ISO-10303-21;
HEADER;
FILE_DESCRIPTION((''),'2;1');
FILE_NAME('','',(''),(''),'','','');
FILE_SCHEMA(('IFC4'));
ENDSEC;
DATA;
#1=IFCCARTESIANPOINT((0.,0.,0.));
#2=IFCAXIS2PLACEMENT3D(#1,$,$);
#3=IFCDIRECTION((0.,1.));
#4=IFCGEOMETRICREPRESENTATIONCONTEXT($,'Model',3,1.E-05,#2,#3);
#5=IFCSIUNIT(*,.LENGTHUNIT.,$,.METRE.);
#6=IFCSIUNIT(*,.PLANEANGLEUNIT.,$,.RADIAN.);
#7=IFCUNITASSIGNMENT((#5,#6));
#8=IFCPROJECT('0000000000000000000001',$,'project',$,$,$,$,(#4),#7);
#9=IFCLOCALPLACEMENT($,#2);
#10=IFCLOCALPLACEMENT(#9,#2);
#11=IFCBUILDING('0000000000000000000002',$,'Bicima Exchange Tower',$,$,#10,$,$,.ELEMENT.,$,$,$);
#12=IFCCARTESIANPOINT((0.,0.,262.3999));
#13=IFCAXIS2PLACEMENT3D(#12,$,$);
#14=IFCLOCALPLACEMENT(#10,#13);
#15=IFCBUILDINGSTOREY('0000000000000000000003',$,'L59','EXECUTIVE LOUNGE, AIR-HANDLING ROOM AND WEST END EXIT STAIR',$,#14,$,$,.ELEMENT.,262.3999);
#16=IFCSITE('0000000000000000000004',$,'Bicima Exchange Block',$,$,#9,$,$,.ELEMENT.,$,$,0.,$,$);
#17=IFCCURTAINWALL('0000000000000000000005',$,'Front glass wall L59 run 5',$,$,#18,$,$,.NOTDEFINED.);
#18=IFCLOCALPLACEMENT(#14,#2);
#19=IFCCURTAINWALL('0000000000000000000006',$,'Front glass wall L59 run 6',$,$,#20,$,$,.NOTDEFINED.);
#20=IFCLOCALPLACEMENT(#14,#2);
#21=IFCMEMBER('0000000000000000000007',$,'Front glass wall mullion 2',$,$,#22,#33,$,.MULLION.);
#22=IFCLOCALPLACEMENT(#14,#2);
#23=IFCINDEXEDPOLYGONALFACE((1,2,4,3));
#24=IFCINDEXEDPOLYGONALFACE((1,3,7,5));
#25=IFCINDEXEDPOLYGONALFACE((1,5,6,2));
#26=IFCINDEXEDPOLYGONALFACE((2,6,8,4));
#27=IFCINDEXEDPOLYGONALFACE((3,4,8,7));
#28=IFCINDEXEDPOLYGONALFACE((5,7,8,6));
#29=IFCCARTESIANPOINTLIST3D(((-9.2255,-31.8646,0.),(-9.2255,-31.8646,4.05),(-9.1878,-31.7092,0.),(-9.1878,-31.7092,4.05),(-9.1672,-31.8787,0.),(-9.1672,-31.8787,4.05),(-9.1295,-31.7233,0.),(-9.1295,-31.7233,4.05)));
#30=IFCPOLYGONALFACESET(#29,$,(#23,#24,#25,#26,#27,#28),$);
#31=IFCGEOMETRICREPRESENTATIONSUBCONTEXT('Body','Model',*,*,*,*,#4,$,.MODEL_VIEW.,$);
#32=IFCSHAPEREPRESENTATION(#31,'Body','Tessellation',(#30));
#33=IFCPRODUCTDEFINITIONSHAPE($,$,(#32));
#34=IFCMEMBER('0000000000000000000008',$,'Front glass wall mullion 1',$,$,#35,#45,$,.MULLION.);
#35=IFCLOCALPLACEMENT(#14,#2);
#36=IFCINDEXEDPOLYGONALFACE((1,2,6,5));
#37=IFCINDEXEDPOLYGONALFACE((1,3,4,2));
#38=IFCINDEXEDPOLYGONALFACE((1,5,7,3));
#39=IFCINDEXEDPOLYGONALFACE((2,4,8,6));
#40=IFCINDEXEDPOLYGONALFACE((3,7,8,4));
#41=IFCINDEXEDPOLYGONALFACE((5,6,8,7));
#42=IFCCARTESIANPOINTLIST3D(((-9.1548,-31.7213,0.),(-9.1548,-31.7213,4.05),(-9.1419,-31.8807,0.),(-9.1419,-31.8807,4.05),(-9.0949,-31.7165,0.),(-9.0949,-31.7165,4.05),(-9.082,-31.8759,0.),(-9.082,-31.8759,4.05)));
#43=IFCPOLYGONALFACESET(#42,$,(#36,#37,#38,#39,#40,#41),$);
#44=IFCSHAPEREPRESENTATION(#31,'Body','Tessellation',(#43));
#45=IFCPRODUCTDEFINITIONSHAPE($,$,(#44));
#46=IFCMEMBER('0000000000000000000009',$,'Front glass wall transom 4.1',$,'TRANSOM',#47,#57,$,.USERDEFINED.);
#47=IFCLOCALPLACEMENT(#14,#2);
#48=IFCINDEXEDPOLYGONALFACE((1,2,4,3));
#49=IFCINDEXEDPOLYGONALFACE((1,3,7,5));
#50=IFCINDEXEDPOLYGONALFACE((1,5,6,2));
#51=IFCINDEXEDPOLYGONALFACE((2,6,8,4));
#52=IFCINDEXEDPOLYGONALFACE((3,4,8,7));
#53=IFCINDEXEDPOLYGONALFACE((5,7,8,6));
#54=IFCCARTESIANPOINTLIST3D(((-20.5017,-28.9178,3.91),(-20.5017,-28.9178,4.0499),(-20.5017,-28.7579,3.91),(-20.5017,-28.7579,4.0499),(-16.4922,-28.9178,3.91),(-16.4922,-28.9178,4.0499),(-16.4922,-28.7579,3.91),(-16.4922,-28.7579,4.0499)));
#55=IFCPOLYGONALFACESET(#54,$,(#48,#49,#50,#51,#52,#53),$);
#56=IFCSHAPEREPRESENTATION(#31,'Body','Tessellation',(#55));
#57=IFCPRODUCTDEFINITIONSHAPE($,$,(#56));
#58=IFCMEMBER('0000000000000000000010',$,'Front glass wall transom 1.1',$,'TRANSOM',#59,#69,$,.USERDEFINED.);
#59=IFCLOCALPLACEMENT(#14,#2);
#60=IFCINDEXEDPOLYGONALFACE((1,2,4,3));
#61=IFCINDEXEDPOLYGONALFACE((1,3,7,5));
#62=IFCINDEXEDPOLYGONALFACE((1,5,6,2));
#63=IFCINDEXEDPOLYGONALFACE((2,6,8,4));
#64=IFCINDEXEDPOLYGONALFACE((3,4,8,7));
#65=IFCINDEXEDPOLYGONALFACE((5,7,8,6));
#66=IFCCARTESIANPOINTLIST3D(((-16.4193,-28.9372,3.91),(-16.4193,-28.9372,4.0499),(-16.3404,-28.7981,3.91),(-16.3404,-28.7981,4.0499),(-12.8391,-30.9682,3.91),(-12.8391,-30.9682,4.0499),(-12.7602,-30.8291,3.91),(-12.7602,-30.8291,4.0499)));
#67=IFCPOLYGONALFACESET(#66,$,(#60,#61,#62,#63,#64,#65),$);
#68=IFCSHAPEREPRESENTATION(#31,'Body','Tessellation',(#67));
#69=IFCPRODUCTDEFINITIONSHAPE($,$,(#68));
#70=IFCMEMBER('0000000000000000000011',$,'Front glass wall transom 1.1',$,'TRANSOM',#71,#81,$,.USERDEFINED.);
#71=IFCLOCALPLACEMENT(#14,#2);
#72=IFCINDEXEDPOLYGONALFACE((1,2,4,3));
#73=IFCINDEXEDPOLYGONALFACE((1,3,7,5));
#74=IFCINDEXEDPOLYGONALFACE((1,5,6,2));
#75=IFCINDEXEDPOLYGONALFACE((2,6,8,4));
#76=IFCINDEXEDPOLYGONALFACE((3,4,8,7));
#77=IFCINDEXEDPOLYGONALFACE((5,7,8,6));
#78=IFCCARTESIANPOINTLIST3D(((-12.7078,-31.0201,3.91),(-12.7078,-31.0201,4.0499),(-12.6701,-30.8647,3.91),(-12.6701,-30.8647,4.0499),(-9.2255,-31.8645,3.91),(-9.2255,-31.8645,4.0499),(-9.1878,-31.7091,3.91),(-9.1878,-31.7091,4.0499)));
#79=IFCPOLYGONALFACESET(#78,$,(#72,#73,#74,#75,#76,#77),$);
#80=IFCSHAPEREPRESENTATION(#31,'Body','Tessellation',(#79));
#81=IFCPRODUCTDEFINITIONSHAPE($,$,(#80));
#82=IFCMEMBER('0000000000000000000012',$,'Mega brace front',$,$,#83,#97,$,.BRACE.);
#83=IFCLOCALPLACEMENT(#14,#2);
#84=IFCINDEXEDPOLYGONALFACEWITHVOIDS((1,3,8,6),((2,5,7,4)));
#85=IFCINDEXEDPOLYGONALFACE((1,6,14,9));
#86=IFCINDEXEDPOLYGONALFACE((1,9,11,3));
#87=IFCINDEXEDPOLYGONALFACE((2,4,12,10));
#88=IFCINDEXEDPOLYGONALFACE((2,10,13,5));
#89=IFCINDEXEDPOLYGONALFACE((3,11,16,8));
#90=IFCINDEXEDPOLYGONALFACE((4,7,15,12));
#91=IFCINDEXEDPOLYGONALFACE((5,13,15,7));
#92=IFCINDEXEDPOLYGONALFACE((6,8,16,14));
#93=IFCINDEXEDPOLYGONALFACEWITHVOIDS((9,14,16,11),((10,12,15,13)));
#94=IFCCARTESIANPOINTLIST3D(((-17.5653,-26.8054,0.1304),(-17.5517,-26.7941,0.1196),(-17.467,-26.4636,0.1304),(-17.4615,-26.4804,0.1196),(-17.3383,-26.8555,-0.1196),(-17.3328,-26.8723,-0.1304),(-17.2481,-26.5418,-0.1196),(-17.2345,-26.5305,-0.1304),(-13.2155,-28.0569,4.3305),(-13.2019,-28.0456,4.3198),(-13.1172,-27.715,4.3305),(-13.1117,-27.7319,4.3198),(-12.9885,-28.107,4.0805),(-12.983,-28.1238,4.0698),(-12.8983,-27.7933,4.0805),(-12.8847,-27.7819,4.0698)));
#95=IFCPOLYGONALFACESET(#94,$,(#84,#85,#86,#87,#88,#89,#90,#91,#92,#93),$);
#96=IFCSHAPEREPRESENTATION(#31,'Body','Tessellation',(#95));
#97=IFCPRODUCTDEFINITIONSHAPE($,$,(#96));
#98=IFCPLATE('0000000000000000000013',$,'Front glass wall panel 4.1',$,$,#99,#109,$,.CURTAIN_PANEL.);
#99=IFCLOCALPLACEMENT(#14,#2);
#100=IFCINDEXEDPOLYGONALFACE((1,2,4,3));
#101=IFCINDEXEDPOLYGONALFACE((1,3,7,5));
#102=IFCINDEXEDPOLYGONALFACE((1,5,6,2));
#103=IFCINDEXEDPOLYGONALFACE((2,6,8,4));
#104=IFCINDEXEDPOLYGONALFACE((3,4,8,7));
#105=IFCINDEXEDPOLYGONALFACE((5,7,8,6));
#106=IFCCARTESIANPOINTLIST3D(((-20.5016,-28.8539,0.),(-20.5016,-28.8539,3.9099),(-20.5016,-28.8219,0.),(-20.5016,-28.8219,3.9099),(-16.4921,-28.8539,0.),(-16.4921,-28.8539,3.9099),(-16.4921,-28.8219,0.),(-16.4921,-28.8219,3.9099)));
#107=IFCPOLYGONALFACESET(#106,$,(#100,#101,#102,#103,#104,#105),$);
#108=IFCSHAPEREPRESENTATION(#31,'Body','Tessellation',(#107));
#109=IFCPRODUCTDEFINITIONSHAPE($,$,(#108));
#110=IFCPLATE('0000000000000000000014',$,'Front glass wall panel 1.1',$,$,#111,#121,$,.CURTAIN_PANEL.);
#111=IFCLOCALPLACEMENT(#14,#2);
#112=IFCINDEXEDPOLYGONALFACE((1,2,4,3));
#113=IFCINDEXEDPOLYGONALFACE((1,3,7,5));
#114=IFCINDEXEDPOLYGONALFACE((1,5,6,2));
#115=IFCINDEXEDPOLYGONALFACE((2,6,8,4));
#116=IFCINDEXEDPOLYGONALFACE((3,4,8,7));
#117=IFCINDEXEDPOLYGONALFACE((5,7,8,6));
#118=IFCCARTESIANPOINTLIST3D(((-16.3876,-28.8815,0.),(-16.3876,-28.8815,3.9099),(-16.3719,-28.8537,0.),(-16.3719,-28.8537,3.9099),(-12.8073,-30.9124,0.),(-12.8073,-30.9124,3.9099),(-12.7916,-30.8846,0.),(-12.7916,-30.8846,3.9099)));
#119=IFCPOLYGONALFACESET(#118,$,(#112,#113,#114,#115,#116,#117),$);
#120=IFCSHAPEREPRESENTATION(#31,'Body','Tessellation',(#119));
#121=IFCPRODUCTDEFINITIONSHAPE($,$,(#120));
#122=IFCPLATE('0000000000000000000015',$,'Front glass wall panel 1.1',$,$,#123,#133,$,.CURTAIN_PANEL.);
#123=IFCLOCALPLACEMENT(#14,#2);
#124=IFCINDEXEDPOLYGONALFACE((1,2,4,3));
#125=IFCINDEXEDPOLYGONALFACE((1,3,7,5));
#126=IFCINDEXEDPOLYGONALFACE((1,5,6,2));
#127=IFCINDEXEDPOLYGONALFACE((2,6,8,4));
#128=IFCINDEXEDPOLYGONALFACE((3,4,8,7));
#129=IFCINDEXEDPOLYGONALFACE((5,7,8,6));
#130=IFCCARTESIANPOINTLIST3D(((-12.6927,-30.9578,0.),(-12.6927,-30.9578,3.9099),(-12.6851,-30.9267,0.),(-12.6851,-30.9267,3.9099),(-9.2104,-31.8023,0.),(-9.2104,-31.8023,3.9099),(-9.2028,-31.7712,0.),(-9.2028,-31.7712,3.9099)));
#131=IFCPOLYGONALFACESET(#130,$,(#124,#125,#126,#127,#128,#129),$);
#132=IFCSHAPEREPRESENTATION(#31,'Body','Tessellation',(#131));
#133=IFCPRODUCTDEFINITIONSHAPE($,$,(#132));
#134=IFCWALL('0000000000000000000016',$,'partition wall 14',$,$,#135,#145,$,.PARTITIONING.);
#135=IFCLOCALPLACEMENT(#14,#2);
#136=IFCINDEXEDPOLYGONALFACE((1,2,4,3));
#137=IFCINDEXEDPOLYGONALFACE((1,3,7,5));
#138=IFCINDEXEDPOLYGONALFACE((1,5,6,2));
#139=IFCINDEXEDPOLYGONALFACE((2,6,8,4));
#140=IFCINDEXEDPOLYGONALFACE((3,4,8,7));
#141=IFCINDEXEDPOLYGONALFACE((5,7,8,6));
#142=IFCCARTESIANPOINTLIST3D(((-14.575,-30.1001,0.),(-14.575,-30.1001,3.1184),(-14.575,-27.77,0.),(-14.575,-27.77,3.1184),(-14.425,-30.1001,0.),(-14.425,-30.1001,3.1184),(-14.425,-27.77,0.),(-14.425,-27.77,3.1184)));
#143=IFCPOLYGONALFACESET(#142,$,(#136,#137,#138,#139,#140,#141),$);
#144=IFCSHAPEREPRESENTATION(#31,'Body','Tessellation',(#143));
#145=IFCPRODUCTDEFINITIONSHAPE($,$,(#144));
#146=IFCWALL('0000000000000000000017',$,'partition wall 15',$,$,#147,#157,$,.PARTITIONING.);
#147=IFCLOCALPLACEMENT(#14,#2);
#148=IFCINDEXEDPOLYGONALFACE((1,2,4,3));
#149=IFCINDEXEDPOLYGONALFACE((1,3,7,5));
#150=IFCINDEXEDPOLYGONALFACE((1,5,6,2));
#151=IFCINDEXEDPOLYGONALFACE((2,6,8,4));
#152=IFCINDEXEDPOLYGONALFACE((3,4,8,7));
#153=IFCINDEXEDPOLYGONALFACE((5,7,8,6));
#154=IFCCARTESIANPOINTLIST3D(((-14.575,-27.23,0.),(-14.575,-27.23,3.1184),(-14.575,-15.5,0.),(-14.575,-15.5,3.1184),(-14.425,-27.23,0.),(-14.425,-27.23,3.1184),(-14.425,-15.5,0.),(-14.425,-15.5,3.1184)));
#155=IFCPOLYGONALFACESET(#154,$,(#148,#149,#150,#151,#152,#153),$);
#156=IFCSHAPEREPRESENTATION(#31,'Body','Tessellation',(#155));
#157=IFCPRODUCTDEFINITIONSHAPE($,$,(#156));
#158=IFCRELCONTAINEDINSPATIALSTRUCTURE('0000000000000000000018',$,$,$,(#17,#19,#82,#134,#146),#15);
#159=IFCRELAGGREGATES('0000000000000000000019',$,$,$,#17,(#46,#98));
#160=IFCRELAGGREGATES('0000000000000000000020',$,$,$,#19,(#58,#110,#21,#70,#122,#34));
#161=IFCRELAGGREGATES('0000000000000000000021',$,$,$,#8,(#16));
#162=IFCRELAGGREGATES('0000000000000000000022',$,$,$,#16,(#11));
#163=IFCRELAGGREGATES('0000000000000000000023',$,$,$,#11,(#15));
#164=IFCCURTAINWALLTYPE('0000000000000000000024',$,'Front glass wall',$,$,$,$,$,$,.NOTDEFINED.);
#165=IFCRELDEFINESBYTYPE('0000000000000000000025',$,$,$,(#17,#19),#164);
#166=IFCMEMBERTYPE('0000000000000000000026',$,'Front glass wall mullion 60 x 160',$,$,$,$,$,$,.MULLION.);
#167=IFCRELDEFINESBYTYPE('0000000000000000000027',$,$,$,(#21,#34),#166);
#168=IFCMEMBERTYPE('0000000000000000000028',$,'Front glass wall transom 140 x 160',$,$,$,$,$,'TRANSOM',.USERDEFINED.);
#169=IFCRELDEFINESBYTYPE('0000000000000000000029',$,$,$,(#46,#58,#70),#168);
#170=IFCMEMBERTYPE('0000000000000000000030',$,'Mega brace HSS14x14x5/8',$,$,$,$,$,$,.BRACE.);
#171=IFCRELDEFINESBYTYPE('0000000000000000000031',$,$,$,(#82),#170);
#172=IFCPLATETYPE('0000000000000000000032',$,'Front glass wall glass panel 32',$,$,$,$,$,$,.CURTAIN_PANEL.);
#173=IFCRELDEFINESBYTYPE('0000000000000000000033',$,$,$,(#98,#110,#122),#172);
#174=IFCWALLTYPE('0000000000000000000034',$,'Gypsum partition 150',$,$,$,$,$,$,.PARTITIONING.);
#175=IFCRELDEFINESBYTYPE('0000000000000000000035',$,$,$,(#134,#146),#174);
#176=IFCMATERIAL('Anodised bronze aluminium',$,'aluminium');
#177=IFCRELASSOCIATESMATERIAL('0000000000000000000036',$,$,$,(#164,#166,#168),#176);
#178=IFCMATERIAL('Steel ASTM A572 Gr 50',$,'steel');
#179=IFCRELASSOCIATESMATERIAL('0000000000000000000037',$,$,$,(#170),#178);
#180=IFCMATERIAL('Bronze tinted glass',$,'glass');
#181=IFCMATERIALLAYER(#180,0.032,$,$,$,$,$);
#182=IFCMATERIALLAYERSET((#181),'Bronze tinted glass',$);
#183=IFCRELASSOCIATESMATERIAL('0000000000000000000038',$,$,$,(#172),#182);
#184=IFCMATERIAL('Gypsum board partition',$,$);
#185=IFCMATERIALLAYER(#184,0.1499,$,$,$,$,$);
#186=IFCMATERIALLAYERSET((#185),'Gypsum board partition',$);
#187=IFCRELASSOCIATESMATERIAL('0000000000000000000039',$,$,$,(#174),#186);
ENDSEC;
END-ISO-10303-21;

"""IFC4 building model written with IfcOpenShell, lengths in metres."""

from ifc_helpers import new_model, si_unit, direction, frame, frame_2d, origin, origin_2d, place, context, subcontext, project, spatial, rectangle, hollow_rectangle, extrude, material, layer, layer_set, material_profile, profile_set, type_object, element, aggregate, save


model = new_model("IFC4")

# Units and contexts
model_context = context("Model", 3, precision=1e-05, world=origin(), true_north=direction((0.0, 1.0)))
body_context = subcontext(model_context, "Body", "Model", "MODEL_VIEW")
ifc_project = project(units=[si_unit("LENGTHUNIT", "METRE"), si_unit("PLANEANGLEUNIT", "RADIAN")], contexts=[model_context])

# Site, building, storey
site_placement = place(None, origin())
site = spatial("IfcSite", under=ifc_project, at=site_placement, Name="Bicima Exchange Block", CompositionType="ELEMENT", RefElevation=0.0)
building_placement = place(site_placement, origin())
building = spatial("IfcBuilding", under=site, at=building_placement, Name="Bicima Exchange Tower", CompositionType="ELEMENT")
storey_placement = place(building_placement, frame((0.0, 0.0, 262.3999)))
storey = spatial("IfcBuildingStorey", under=building, at=storey_placement, Name="L59", Description="EXECUTIVE LOUNGE, AIR-HANDLING ROOM AND WEST END EXIT STAIR", CompositionType="ELEMENT", Elevation=262.3999)

# Shared definitions
ifc_material_1 = material(Name="Steel ASTM A572 Gr 50", Category="steel")

# Curtain walls, members
ifc_material_2 = material(Name="Anodised bronze aluminium", Category="aluminium")
curtain_wall_type = type_object("IfcCurtainWallType", Name="Front glass wall", PredefinedType="NOTDEFINED", material=ifc_material_2)
curtain_wall_1_placement = place(storey_placement, origin())
curtain_wall_1 = element("IfcCurtainWall", 1, at=curtain_wall_1_placement, inside=storey, type_object=curtain_wall_type, Name="Front glass wall L59 run 5", PredefinedType="NOTDEFINED")
ifc_material_profile_1 = material_profile(ifc_material_2, rectangle(XDim=0.1599, YDim=0.0601, at=origin_2d()))
ifc_profile_set_1 = profile_set([ifc_material_profile_1], Name="Anodised bronze aluminium")
member_type_1 = type_object("IfcMemberType", Name="Front glass wall mullion 60 x 160", PredefinedType="MULLION", material=ifc_profile_set_1)
curtain_wall_2_placement = place(storey_placement, origin())
curtain_wall_2 = element("IfcCurtainWall", 2, at=curtain_wall_2_placement, inside=storey, type_object=curtain_wall_type, Name="Front glass wall L59 run 6", PredefinedType="NOTDEFINED")
member_1_placement = place(storey_placement, frame((-9.1775, -31.7939, 0.0), z_axis=(0.0, 0.0, 1.0), x_axis=(0.235682, 0.97183, 0.0)))
member_1 = element("IfcMember", 3, at=member_1_placement, type_object=member_type_1, Name="Front glass wall mullion 2", PredefinedType="MULLION", context=body_context, shape_type="SweptSolid", body=[
    extrude(rectangle(XDim=0.1599, YDim=0.0601, at=origin_2d()), origin(), (0.0, 0.0, 1.0), 4.05),
])
member_2_placement = place(storey_placement, frame((-9.1184, -31.7986, 0.0), z_axis=(0.0, 0.0, 1.0), x_axis=(-0.080589, 0.996747, 0.0)))
member_2 = element("IfcMember", 4, at=member_2_placement, type_object=member_type_1, Name="Front glass wall mullion 1", PredefinedType="MULLION", context=body_context, shape_type="SweptSolid", body=[
    extrude(rectangle(XDim=0.1599, YDim=0.0601, at=origin_2d()), origin(), (0.0, 0.0, 1.0), 4.05),
])

# Members
ifc_material_profile_2 = material_profile(ifc_material_2, rectangle(XDim=0.1599, YDim=0.1399, at=origin_2d()))
ifc_profile_set_2 = profile_set([ifc_material_profile_2], Name="Anodised bronze aluminium")
member_type_2 = type_object("IfcMemberType", Name="Front glass wall transom 140 x 160", ElementType="TRANSOM", PredefinedType="USERDEFINED", material=ifc_profile_set_2)
member_3_placement = place(storey_placement, frame((-20.5017, -28.8379, 3.98), z_axis=(1.0, 0.0, 0.0), x_axis=(0.0, 1.0, 0.0)))
member_3 = element("IfcMember", 5, at=member_3_placement, type_object=member_type_2, Name="Front glass wall transom 4.1", ObjectType="TRANSOM", PredefinedType="USERDEFINED", context=body_context, shape_type="SweptSolid", body=[
    extrude(rectangle(XDim=0.1599, YDim=0.1399, at=origin_2d()), origin(), (0.0, 0.0, 1.0), 4.0095),
])
member_4_placement = place(storey_placement, frame((-16.3799, -28.8677, 3.98), z_axis=(0.869797, -0.493409, 0.0), x_axis=(0.493409, 0.869797, 0.0)))
member_4 = element("IfcMember", 6, at=member_4_placement, type_object=member_type_2, Name="Front glass wall transom 1.1", ObjectType="TRANSOM", PredefinedType="USERDEFINED", context=body_context, shape_type="SweptSolid", body=[
    extrude(rectangle(XDim=0.1599, YDim=0.1399, at=origin_2d()), origin(), (0.0, 0.0, 1.0), 4.1162),
])
member_5_placement = place(storey_placement, frame((-12.689, -30.9424, 3.98), z_axis=(0.971834, -0.235668, 0.0), x_axis=(0.235668, 0.971834, 0.0)))
member_5 = element("IfcMember", 7, at=member_5_placement, type_object=member_type_2, Name="Front glass wall transom 1.1", ObjectType="TRANSOM", PredefinedType="USERDEFINED", context=body_context, shape_type="SweptSolid", body=[
    extrude(rectangle(XDim=0.1599, YDim=0.1399, at=origin_2d()), origin(), (0.0, 0.0, 1.0), 3.5833),
])
ifc_material_profile_3 = material_profile(ifc_material_1, hollow_rectangle(XDim=0.3557, YDim=0.3557, WallThickness=0.0146, at=origin_2d()))
ifc_profile_set_3 = profile_set([ifc_material_profile_3], Name="Steel ASTM A572 Gr 50")
member_type_3 = type_object("IfcMemberType", Name="Mega brace HSS14x14x5/8", PredefinedType="BRACE", material=ifc_profile_set_3)
member_6_placement = place(storey_placement, frame((-17.3999, -26.668, 0.0), z_axis=(0.704444, -0.202671, 0.680208), x_axis=(0.276487, 0.961018, 0.0)))
element("IfcMember", 8, at=member_6_placement, inside=storey, type_object=member_type_3, Name="Mega brace front", PredefinedType="BRACE", context=body_context, shape_type="SweptSolid", body=[
    extrude(hollow_rectangle(XDim=0.3557, YDim=0.3557, WallThickness=0.0146, at=origin_2d()), origin(), (0.0, 0.0, 1.0), 6.1748),
])

# Plates
ifc_material_3 = material(Name="Bronze tinted glass", Category="glass")
ifc_layer_1 = layer(ifc_material_3, 0.032)
ifc_layer_set_1 = layer_set([ifc_layer_1], Name="Bronze tinted glass")
plate_type = type_object("IfcPlateType", Name="Front glass wall glass panel 32", PredefinedType="CURTAIN_PANEL", material=ifc_layer_set_1)
plate_1_placement = place(storey_placement, frame((-18.4968, -28.8379, 0.0), z_axis=(0.0, 0.0, 1.0), x_axis=(1.0, 0.0, 0.0)))
plate_1 = element("IfcPlate", 9, at=plate_1_placement, type_object=plate_type, Name="Front glass wall panel 4.1", PredefinedType="CURTAIN_PANEL", context=body_context, shape_type="SweptSolid", body=[
    extrude(rectangle(XDim=4.0095, YDim=0.032, at=origin_2d()), origin(), (0.0, 0.0, 1.0), 3.9099),
])
aggregate(curtain_wall_1, [member_3, plate_1])
plate_2_placement = place(storey_placement, frame((-14.5896, -29.8831, 0.0), z_axis=(0.0, 0.0, 1.0), x_axis=(0.869805, -0.493395, 0.0)))
plate_2 = element("IfcPlate", 10, at=plate_2_placement, type_object=plate_type, Name="Front glass wall panel 1.1", PredefinedType="CURTAIN_PANEL", context=body_context, shape_type="SweptSolid", body=[
    extrude(rectangle(XDim=4.1162, YDim=0.032, at=origin_2d()), origin(), (0.0, 0.0, 1.0), 3.9099),
])
plate_3_placement = place(storey_placement, frame((-10.9478, -31.3645, 0.0), z_axis=(0.0, 0.0, 1.0), x_axis=(0.97183, -0.235682, 0.0)))
plate_3 = element("IfcPlate", 11, at=plate_3_placement, type_object=plate_type, Name="Front glass wall panel 1.1", PredefinedType="CURTAIN_PANEL", context=body_context, shape_type="SweptSolid", body=[
    extrude(rectangle(XDim=3.5833, YDim=0.032, at=origin_2d()), origin(), (0.0, 0.0, 1.0), 3.9099),
])
aggregate(curtain_wall_2, [member_4, plate_2, member_1, member_5, plate_3, member_2])

# Walls
ifc_material_4 = material(Name="Gypsum board partition")
ifc_layer_2 = layer(ifc_material_4, 0.1499)
ifc_layer_set_2 = layer_set([ifc_layer_2], Name="Gypsum board partition")
wall_type = type_object("IfcWallType", Name="Gypsum partition 150", PredefinedType="PARTITIONING", material=ifc_layer_set_2)
wall_1_placement = place(storey_placement, frame((-14.5, -30.1001, 0.0), z_axis=(0.0, 0.0, 1.0), x_axis=(0.0, 1.0, 0.0)))
element("IfcWall", 12, at=wall_1_placement, inside=storey, type_object=wall_type, Name="partition wall 14", PredefinedType="PARTITIONING", context=body_context, shape_type="SweptSolid", body=[
    extrude(rectangle(XDim=2.3301, YDim=0.1499, at=frame_2d((1.165, 0.0))), origin(), (0.0, 0.0, 1.0), 3.1184),
])
wall_2_placement = place(storey_placement, frame((-14.5, -27.23, 0.0), z_axis=(0.0, 0.0, 1.0), x_axis=(0.0, 1.0, 0.0)))
element("IfcWall", 13, at=wall_2_placement, inside=storey, type_object=wall_type, Name="partition wall 15", PredefinedType="PARTITIONING", context=body_context, shape_type="SweptSolid", body=[
    extrude(rectangle(XDim=11.73, YDim=0.1499, at=frame_2d((5.865, 0.0))), origin(), (0.0, 0.0, 1.0), 3.1184),
])

save(model, "model.ifc")
